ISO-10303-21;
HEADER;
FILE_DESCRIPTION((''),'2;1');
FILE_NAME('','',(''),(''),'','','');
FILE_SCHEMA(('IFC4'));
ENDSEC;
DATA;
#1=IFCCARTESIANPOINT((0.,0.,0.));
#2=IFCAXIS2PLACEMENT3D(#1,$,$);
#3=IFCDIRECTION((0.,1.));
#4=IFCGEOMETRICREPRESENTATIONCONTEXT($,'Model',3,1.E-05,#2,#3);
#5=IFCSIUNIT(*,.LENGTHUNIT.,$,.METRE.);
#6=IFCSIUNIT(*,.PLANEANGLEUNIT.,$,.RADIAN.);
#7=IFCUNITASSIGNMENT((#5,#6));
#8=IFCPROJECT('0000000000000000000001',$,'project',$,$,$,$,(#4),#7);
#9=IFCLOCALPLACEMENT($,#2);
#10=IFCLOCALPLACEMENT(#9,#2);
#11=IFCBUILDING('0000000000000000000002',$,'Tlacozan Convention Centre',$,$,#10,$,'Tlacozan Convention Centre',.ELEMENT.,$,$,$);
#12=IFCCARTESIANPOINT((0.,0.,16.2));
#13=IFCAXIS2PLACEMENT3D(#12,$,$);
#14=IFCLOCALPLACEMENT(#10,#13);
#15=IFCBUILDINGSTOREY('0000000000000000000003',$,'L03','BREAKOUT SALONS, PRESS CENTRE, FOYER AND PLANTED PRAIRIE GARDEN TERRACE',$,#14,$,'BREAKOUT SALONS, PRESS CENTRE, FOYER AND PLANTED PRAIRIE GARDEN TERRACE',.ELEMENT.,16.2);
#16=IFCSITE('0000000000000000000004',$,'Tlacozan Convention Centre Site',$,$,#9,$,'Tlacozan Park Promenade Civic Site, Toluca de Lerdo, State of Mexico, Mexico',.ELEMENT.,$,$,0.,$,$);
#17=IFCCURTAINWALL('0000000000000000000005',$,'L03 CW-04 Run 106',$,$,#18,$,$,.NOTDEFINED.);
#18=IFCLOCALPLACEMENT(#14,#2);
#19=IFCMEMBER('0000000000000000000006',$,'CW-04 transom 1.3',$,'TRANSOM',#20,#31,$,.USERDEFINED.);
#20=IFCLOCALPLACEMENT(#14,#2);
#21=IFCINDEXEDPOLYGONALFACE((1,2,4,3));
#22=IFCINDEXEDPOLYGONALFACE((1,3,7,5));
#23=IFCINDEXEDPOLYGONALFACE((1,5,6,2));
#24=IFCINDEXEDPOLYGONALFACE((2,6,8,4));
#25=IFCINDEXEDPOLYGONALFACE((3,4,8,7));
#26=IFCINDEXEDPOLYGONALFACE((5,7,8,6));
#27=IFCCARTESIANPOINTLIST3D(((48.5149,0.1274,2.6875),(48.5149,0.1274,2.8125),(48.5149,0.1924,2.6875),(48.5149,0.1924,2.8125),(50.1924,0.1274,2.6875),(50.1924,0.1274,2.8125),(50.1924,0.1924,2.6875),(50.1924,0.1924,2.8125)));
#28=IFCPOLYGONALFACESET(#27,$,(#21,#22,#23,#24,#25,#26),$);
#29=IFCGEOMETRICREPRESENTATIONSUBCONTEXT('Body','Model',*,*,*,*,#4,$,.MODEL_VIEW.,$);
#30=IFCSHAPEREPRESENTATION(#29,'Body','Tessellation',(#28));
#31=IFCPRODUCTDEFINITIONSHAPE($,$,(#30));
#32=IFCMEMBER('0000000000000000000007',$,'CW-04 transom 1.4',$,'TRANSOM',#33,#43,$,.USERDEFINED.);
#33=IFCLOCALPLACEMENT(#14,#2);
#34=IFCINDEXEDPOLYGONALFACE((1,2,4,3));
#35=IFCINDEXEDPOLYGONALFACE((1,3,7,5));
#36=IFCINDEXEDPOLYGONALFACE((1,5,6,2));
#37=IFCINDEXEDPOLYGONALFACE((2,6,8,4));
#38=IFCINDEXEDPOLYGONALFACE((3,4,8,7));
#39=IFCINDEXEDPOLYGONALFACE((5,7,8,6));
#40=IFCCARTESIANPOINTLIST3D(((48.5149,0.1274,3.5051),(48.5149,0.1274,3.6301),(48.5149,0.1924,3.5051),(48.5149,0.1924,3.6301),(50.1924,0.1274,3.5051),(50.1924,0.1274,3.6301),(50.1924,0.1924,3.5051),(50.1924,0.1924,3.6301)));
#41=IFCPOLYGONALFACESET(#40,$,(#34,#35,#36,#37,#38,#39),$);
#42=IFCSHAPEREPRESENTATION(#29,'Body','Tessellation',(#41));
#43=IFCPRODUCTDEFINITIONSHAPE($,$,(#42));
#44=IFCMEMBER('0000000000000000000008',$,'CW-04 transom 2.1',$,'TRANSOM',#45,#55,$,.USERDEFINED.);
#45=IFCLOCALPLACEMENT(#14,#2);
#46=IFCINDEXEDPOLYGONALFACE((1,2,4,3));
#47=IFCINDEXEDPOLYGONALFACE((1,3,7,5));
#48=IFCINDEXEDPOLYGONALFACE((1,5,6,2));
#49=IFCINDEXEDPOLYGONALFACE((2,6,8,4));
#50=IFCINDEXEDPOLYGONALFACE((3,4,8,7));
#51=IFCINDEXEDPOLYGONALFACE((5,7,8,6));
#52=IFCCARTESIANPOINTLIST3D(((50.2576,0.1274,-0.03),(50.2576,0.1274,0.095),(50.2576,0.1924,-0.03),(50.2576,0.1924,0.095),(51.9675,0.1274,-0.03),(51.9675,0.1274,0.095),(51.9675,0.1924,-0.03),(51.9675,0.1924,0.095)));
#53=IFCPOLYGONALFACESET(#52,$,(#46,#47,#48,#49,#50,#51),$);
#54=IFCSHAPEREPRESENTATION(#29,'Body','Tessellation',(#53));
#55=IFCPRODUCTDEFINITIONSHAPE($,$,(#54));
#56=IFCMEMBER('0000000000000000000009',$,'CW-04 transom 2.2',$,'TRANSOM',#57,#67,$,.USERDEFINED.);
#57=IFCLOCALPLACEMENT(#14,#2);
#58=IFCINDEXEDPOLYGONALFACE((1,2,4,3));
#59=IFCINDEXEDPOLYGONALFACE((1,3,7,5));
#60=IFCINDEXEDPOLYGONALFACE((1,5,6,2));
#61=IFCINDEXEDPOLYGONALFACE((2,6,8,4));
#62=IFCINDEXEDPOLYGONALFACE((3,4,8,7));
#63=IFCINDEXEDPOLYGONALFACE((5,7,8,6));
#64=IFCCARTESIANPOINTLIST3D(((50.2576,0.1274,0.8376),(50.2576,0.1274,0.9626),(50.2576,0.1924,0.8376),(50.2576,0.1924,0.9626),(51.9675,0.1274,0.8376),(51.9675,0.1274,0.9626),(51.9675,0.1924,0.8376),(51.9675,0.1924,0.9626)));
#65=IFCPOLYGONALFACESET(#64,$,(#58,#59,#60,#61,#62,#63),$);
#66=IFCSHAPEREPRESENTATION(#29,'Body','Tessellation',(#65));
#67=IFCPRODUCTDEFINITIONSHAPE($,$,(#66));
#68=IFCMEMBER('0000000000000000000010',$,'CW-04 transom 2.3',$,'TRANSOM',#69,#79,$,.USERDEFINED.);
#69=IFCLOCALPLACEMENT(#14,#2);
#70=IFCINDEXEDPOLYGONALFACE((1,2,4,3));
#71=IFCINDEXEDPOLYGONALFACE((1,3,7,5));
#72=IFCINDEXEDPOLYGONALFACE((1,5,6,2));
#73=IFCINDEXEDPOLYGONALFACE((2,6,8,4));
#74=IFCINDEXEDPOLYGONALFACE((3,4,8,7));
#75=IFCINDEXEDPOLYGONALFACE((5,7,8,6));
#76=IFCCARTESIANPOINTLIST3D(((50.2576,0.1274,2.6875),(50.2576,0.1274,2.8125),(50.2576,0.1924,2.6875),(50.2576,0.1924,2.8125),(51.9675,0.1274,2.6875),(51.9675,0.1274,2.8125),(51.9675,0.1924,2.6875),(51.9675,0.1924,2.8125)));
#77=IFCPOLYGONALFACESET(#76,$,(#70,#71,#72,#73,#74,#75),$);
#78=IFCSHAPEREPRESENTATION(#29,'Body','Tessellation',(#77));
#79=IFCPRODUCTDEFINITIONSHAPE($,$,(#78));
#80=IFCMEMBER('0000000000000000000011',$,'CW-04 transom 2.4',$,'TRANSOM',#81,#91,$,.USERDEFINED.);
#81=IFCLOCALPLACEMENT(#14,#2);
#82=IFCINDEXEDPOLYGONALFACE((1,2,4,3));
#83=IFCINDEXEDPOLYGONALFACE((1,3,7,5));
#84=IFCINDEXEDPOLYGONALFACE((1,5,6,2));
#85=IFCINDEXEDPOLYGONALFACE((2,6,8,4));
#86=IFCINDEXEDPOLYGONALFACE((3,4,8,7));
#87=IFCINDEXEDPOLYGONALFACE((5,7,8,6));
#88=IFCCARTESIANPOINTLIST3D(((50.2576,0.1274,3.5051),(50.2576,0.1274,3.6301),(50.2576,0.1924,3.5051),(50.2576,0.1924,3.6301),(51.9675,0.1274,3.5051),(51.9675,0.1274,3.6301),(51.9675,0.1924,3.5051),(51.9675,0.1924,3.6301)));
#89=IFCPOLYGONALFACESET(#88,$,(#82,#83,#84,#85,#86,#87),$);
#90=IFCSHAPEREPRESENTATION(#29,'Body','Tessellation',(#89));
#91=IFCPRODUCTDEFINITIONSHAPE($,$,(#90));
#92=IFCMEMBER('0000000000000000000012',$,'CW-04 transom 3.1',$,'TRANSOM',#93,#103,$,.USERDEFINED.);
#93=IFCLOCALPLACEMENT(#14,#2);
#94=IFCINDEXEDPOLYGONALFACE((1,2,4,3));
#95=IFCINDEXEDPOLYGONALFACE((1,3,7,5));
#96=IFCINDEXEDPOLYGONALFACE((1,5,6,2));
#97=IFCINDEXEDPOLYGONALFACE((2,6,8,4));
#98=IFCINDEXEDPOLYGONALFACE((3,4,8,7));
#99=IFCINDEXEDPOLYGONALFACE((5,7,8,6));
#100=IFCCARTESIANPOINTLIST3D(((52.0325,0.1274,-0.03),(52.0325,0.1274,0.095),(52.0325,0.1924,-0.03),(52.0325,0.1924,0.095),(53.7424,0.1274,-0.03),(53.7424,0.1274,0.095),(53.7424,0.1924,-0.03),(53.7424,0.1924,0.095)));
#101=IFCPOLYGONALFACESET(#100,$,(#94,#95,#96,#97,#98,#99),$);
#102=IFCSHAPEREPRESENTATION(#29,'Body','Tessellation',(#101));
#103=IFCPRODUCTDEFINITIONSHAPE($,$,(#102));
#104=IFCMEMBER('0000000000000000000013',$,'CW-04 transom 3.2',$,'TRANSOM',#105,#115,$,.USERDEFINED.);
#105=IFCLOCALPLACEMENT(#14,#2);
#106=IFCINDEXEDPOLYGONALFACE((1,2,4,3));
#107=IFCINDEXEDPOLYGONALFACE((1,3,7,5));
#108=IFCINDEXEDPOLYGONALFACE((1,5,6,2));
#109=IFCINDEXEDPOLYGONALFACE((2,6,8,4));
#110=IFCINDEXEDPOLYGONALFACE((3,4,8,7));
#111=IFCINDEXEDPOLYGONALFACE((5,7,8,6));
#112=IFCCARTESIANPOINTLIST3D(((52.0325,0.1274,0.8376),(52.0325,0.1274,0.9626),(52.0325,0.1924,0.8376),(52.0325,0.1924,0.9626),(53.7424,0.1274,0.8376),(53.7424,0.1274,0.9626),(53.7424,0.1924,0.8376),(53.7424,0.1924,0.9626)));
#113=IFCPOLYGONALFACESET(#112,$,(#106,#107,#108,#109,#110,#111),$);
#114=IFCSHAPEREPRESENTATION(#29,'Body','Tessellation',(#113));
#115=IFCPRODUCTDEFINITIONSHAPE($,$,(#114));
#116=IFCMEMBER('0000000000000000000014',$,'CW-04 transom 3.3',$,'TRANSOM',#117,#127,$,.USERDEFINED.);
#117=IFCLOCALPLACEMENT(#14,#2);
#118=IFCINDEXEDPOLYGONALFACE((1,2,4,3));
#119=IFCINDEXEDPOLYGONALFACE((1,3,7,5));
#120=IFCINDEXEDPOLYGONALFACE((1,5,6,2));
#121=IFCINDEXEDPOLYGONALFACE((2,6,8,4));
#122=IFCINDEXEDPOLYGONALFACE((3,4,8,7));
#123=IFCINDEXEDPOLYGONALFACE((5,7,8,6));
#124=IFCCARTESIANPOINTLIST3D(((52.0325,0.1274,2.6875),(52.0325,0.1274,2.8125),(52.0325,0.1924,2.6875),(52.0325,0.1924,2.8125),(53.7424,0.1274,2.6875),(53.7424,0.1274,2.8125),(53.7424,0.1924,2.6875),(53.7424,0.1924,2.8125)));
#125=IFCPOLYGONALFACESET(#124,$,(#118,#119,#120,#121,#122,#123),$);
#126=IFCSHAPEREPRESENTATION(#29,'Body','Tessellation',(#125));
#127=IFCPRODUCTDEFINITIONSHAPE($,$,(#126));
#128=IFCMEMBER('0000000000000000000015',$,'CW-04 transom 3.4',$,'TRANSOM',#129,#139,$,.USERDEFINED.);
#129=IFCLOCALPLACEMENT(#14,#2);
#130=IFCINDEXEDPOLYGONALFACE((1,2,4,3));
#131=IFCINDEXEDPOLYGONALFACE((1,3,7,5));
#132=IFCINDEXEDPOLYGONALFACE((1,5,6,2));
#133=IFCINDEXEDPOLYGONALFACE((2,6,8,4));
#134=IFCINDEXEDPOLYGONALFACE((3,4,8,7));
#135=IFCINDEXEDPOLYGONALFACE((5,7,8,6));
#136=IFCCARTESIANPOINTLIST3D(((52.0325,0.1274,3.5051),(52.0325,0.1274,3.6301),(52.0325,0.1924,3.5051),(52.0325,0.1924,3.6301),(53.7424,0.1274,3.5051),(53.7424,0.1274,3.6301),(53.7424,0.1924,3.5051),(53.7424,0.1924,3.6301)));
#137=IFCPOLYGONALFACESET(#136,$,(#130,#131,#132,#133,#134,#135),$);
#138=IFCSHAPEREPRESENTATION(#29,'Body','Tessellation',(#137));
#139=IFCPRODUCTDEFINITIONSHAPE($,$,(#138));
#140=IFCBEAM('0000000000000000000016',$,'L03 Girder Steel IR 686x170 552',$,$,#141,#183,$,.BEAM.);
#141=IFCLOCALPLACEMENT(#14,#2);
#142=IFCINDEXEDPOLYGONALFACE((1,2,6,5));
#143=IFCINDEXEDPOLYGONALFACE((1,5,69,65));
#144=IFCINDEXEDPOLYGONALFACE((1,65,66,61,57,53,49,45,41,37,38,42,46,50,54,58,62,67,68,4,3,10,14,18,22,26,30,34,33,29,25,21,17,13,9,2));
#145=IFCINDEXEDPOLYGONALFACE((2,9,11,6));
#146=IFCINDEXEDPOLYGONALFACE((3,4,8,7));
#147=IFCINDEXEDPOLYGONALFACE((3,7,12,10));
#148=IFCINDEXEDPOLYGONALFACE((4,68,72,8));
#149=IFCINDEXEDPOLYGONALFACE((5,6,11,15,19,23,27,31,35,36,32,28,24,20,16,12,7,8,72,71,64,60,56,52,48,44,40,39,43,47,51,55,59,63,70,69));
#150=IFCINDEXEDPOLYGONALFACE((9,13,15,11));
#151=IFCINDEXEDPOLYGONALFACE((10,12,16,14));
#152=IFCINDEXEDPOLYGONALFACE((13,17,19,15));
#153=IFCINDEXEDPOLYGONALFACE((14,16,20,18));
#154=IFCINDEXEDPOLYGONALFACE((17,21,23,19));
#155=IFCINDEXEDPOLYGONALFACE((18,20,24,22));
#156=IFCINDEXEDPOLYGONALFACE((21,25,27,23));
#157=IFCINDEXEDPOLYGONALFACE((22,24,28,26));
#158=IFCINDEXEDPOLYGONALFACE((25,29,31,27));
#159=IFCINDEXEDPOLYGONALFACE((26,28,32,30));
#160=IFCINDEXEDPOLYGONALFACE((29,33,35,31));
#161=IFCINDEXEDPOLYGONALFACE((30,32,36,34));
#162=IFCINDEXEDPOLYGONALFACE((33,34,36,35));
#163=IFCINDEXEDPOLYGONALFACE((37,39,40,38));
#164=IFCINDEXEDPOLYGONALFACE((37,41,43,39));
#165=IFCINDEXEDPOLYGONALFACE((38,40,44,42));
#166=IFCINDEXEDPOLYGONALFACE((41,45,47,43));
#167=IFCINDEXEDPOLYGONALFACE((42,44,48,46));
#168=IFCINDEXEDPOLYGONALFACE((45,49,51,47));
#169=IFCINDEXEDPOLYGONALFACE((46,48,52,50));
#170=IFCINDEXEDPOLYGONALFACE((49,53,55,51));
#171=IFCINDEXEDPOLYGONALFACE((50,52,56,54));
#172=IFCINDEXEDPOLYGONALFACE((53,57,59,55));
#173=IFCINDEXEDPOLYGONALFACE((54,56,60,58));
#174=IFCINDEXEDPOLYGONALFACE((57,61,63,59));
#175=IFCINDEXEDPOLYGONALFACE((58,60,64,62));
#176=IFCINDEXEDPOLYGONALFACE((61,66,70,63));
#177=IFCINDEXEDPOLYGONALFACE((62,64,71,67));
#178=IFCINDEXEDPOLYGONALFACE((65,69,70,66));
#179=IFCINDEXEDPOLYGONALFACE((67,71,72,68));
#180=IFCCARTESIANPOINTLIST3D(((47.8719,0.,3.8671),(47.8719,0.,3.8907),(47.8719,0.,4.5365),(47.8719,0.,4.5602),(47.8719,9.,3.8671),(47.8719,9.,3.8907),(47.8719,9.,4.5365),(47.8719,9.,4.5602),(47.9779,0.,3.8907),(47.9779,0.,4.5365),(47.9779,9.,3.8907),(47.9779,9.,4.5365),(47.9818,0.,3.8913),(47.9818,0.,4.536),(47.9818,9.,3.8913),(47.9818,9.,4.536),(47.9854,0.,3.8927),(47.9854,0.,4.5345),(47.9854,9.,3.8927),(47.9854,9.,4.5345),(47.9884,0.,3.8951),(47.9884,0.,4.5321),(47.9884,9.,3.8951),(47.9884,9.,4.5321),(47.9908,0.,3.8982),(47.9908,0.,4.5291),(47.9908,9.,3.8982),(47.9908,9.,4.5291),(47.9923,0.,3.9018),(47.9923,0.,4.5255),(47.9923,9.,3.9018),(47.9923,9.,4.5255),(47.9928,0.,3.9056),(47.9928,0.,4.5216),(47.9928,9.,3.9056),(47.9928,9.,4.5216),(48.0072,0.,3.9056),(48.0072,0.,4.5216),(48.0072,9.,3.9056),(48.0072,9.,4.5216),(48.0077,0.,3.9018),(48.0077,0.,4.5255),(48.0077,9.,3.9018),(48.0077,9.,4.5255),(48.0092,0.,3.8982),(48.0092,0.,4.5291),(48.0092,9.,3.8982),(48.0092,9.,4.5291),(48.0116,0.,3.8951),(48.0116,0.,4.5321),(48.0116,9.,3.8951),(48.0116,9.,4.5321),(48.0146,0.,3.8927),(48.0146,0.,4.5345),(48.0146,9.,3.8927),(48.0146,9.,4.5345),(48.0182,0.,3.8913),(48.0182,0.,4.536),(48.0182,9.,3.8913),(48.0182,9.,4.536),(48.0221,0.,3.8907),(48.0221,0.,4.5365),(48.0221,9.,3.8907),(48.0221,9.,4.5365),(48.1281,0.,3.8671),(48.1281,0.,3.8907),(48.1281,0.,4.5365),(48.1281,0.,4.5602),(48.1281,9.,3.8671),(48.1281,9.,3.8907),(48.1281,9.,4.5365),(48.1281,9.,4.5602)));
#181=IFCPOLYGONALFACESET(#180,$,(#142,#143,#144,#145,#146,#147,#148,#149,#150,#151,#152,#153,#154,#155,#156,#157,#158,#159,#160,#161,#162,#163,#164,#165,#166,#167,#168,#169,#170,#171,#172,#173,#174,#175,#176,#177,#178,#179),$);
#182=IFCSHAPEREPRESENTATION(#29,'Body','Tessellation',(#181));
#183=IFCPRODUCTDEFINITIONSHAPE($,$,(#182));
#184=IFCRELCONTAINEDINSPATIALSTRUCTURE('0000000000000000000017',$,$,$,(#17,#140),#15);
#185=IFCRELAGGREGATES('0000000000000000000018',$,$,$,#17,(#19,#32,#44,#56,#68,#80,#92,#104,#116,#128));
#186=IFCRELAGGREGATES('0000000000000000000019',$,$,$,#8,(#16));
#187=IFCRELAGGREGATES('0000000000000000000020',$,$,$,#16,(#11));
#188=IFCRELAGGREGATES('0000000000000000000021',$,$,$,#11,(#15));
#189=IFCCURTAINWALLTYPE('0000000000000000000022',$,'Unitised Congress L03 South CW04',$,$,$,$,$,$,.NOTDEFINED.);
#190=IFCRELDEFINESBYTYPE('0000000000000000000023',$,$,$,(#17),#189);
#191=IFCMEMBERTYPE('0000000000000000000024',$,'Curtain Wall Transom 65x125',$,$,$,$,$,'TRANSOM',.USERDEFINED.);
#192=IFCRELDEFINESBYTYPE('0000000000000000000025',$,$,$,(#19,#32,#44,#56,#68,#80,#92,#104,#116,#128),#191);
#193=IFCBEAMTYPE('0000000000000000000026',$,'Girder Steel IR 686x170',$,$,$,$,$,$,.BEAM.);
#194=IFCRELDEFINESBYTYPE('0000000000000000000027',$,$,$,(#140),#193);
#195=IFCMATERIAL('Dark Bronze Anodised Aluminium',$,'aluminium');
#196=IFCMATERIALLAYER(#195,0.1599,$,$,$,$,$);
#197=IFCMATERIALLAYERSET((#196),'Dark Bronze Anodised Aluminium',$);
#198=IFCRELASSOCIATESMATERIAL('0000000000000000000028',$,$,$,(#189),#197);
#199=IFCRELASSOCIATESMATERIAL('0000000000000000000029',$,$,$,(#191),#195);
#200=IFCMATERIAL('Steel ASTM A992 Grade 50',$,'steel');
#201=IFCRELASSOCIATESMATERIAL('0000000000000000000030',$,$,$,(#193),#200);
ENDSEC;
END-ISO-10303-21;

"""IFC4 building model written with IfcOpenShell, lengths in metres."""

from ifc_helpers import new_model, si_unit, direction, frame, origin, origin_2d, place, context, subcontext, project, spatial, rectangle, i_section, extrude, material, layer, layer_set, material_profile, profile_set, type_object, element, aggregate, save


model = new_model("IFC4")

# Units and contexts
model_context = context("Model", 3, precision=1e-05, world=origin(), true_north=direction((0.0, 1.0)))
body_context = subcontext(model_context, "Body", "Model", "MODEL_VIEW")
ifc_project = project(units=[si_unit("LENGTHUNIT", "METRE"), si_unit("PLANEANGLEUNIT", "RADIAN")], contexts=[model_context])

# Site, building, storey
site_placement = place(None, origin())
site = spatial("IfcSite", under=ifc_project, at=site_placement, Name="Tlacozan Convention Centre Site", LongName="Tlacozan Park Promenade Civic Site, Toluca de Lerdo, State of Mexico, Mexico", CompositionType="ELEMENT", RefElevation=0.0)
building_placement = place(site_placement, origin())
building = spatial("IfcBuilding", under=site, at=building_placement, Name="Tlacozan Convention Centre", LongName="Tlacozan Convention Centre", CompositionType="ELEMENT")
storey_placement = place(building_placement, frame((0.0, 0.0, 16.2)))
storey = spatial("IfcBuildingStorey", under=building, at=storey_placement, Name="L03", Description="BREAKOUT SALONS, PRESS CENTRE, FOYER AND PLANTED PRAIRIE GARDEN TERRACE", LongName="BREAKOUT SALONS, PRESS CENTRE, FOYER AND PLANTED PRAIRIE GARDEN TERRACE", CompositionType="ELEMENT", Elevation=16.2)

# Curtain wall
ifc_material_1 = material(Name="Dark Bronze Anodised Aluminium", Category="aluminium")
ifc_layer_1 = layer(ifc_material_1, 0.1599)
ifc_layer_set_1 = layer_set([ifc_layer_1], Name="Dark Bronze Anodised Aluminium")
curtain_wall_type = type_object("IfcCurtainWallType", Name="Unitised Congress L03 South CW04", PredefinedType="NOTDEFINED", material=ifc_layer_set_1)
curtain_wall_1_placement = place(storey_placement, origin())
curtain_wall_1 = element("IfcCurtainWall", 1, at=curtain_wall_1_placement, inside=storey, type_object=curtain_wall_type, Name="L03 CW-04 Run 106", PredefinedType="NOTDEFINED")

# Members
ifc_material_profile_1 = material_profile(ifc_material_1, rectangle(XDim=0.0649, YDim=0.125, at=origin_2d()), Name="ALU 65x125")
ifc_profile_set_1 = profile_set([ifc_material_profile_1], Name="Dark Bronze Anodised Aluminium")
member_type_1 = type_object("IfcMemberType", Name="Curtain Wall Transom 65x125", ElementType="TRANSOM", PredefinedType="USERDEFINED", material=ifc_profile_set_1)
member_1_placement = place(storey_placement, frame((48.5149, 0.1599, 2.75), z_axis=(1.0, 0.0, 0.0), x_axis=(0.0, 1.0, 0.0)))
member_1 = element("IfcMember", 2, at=member_1_placement, type_object=member_type_1, Name="CW-04 transom 1.3", ObjectType="TRANSOM", PredefinedType="USERDEFINED", context=body_context, shape_type="SweptSolid", body=[
    extrude(rectangle(XDim=0.0649, YDim=0.125, at=origin_2d()), origin(), (0.0, 0.0, 1.0), 1.6775),
])
member_2_placement = place(storey_placement, frame((48.5149, 0.1599, 3.5676), z_axis=(1.0, 0.0, 0.0), x_axis=(0.0, 1.0, 0.0)))
member_2 = element("IfcMember", 3, at=member_2_placement, type_object=member_type_1, Name="CW-04 transom 1.4", ObjectType="TRANSOM", PredefinedType="USERDEFINED", context=body_context, shape_type="SweptSolid", body=[
    extrude(rectangle(XDim=0.0649, YDim=0.125, at=origin_2d()), origin(), (0.0, 0.0, 1.0), 1.6775),
])
member_3_placement = place(storey_placement, frame((50.2576, 0.1599, 0.0325), z_axis=(1.0, 0.0, 0.0), x_axis=(0.0, 1.0, 0.0)))
member_3 = element("IfcMember", 4, at=member_3_placement, type_object=member_type_1, Name="CW-04 transom 2.1", ObjectType="TRANSOM", PredefinedType="USERDEFINED", context=body_context, shape_type="SweptSolid", body=[
    extrude(rectangle(XDim=0.0649, YDim=0.125, at=origin_2d()), origin(), (0.0, 0.0, 1.0), 1.71),
])
member_4_placement = place(storey_placement, frame((50.2576, 0.1599, 0.9001), z_axis=(1.0, 0.0, 0.0), x_axis=(0.0, 1.0, 0.0)))
member_4 = element("IfcMember", 5, at=member_4_placement, type_object=member_type_1, Name="CW-04 transom 2.2", ObjectType="TRANSOM", PredefinedType="USERDEFINED", context=body_context, shape_type="SweptSolid", body=[
    extrude(rectangle(XDim=0.0649, YDim=0.125, at=origin_2d()), origin(), (0.0, 0.0, 1.0), 1.71),
])
member_5_placement = place(storey_placement, frame((50.2576, 0.1599, 2.75), z_axis=(1.0, 0.0, 0.0), x_axis=(0.0, 1.0, 0.0)))
member_5 = element("IfcMember", 6, at=member_5_placement, type_object=member_type_1, Name="CW-04 transom 2.3", ObjectType="TRANSOM", PredefinedType="USERDEFINED", context=body_context, shape_type="SweptSolid", body=[
    extrude(rectangle(XDim=0.0649, YDim=0.125, at=origin_2d()), origin(), (0.0, 0.0, 1.0), 1.71),
])
member_6_placement = place(storey_placement, frame((50.2576, 0.1599, 3.5676), z_axis=(1.0, 0.0, 0.0), x_axis=(0.0, 1.0, 0.0)))
member_6 = element("IfcMember", 7, at=member_6_placement, type_object=member_type_1, Name="CW-04 transom 2.4", ObjectType="TRANSOM", PredefinedType="USERDEFINED", context=body_context, shape_type="SweptSolid", body=[
    extrude(rectangle(XDim=0.0649, YDim=0.125, at=origin_2d()), origin(), (0.0, 0.0, 1.0), 1.71),
])
member_7_placement = place(storey_placement, frame((52.0325, 0.1599, 0.0325), z_axis=(1.0, 0.0, 0.0), x_axis=(0.0, 1.0, 0.0)))
member_7 = element("IfcMember", 8, at=member_7_placement, type_object=member_type_1, Name="CW-04 transom 3.1", ObjectType="TRANSOM", PredefinedType="USERDEFINED", context=body_context, shape_type="SweptSolid", body=[
    extrude(rectangle(XDim=0.0649, YDim=0.125, at=origin_2d()), origin(), (0.0, 0.0, 1.0), 1.71),
])
member_8_placement = place(storey_placement, frame((52.0325, 0.1599, 0.9001), z_axis=(1.0, 0.0, 0.0), x_axis=(0.0, 1.0, 0.0)))
member_8 = element("IfcMember", 9, at=member_8_placement, type_object=member_type_1, Name="CW-04 transom 3.2", ObjectType="TRANSOM", PredefinedType="USERDEFINED", context=body_context, shape_type="SweptSolid", body=[
    extrude(rectangle(XDim=0.0649, YDim=0.125, at=origin_2d()), origin(), (0.0, 0.0, 1.0), 1.71),
])
member_9_placement = place(storey_placement, frame((52.0325, 0.1599, 2.75), z_axis=(1.0, 0.0, 0.0), x_axis=(0.0, 1.0, 0.0)))
member_9 = element("IfcMember", 10, at=member_9_placement, type_object=member_type_1, Name="CW-04 transom 3.3", ObjectType="TRANSOM", PredefinedType="USERDEFINED", context=body_context, shape_type="SweptSolid", body=[
    extrude(rectangle(XDim=0.0649, YDim=0.125, at=origin_2d()), origin(), (0.0, 0.0, 1.0), 1.71),
])
member_10_placement = place(storey_placement, frame((52.0325, 0.1599, 3.5676), z_axis=(1.0, 0.0, 0.0), x_axis=(0.0, 1.0, 0.0)))
member_10 = element("IfcMember", 11, at=member_10_placement, type_object=member_type_1, Name="CW-04 transom 3.4", ObjectType="TRANSOM", PredefinedType="USERDEFINED", context=body_context, shape_type="SweptSolid", body=[
    extrude(rectangle(XDim=0.0649, YDim=0.125, at=origin_2d()), origin(), (0.0, 0.0, 1.0), 1.71),
])

# Beam
ifc_material_2 = material(Name="Steel ASTM A992 Grade 50", Category="steel")
ifc_material_profile_2 = material_profile(ifc_material_2, i_section(OverallWidth=0.2561, OverallDepth=0.6931, WebThickness=0.0144, FlangeThickness=0.0237, FilletRadius=0.0149, at=origin_2d()), Name="IR 686x170.0")
ifc_profile_set_2 = profile_set([ifc_material_profile_2], Name="Steel ASTM A992 Grade 50")
beam_type_1 = type_object("IfcBeamType", Name="Girder Steel IR 686x170", PredefinedType="BEAM", material=ifc_profile_set_2)
beam_1_placement = place(storey_placement, frame((48.0, 0.0, 4.2136), z_axis=(0.0, 1.0, 0.0), x_axis=(-1.0, 0.0, 0.0)))
element("IfcBeam", 12, at=beam_1_placement, inside=storey, type_object=beam_type_1, Name="L03 Girder Steel IR 686x170 552", PredefinedType="BEAM", context=body_context, shape_type="SweptSolid", body=[
    extrude(i_section(OverallWidth=0.2561, OverallDepth=0.6931, WebThickness=0.0144, FlangeThickness=0.0237, FilletRadius=0.0149, at=origin_2d()), origin(), (0.0, 0.0, 1.0), 9.0),
])

aggregate(curtain_wall_1, [member_1, member_2, member_3, member_4, member_5, member_6, member_7, member_8, member_9, member_10])

save(model, "model.ifc")
